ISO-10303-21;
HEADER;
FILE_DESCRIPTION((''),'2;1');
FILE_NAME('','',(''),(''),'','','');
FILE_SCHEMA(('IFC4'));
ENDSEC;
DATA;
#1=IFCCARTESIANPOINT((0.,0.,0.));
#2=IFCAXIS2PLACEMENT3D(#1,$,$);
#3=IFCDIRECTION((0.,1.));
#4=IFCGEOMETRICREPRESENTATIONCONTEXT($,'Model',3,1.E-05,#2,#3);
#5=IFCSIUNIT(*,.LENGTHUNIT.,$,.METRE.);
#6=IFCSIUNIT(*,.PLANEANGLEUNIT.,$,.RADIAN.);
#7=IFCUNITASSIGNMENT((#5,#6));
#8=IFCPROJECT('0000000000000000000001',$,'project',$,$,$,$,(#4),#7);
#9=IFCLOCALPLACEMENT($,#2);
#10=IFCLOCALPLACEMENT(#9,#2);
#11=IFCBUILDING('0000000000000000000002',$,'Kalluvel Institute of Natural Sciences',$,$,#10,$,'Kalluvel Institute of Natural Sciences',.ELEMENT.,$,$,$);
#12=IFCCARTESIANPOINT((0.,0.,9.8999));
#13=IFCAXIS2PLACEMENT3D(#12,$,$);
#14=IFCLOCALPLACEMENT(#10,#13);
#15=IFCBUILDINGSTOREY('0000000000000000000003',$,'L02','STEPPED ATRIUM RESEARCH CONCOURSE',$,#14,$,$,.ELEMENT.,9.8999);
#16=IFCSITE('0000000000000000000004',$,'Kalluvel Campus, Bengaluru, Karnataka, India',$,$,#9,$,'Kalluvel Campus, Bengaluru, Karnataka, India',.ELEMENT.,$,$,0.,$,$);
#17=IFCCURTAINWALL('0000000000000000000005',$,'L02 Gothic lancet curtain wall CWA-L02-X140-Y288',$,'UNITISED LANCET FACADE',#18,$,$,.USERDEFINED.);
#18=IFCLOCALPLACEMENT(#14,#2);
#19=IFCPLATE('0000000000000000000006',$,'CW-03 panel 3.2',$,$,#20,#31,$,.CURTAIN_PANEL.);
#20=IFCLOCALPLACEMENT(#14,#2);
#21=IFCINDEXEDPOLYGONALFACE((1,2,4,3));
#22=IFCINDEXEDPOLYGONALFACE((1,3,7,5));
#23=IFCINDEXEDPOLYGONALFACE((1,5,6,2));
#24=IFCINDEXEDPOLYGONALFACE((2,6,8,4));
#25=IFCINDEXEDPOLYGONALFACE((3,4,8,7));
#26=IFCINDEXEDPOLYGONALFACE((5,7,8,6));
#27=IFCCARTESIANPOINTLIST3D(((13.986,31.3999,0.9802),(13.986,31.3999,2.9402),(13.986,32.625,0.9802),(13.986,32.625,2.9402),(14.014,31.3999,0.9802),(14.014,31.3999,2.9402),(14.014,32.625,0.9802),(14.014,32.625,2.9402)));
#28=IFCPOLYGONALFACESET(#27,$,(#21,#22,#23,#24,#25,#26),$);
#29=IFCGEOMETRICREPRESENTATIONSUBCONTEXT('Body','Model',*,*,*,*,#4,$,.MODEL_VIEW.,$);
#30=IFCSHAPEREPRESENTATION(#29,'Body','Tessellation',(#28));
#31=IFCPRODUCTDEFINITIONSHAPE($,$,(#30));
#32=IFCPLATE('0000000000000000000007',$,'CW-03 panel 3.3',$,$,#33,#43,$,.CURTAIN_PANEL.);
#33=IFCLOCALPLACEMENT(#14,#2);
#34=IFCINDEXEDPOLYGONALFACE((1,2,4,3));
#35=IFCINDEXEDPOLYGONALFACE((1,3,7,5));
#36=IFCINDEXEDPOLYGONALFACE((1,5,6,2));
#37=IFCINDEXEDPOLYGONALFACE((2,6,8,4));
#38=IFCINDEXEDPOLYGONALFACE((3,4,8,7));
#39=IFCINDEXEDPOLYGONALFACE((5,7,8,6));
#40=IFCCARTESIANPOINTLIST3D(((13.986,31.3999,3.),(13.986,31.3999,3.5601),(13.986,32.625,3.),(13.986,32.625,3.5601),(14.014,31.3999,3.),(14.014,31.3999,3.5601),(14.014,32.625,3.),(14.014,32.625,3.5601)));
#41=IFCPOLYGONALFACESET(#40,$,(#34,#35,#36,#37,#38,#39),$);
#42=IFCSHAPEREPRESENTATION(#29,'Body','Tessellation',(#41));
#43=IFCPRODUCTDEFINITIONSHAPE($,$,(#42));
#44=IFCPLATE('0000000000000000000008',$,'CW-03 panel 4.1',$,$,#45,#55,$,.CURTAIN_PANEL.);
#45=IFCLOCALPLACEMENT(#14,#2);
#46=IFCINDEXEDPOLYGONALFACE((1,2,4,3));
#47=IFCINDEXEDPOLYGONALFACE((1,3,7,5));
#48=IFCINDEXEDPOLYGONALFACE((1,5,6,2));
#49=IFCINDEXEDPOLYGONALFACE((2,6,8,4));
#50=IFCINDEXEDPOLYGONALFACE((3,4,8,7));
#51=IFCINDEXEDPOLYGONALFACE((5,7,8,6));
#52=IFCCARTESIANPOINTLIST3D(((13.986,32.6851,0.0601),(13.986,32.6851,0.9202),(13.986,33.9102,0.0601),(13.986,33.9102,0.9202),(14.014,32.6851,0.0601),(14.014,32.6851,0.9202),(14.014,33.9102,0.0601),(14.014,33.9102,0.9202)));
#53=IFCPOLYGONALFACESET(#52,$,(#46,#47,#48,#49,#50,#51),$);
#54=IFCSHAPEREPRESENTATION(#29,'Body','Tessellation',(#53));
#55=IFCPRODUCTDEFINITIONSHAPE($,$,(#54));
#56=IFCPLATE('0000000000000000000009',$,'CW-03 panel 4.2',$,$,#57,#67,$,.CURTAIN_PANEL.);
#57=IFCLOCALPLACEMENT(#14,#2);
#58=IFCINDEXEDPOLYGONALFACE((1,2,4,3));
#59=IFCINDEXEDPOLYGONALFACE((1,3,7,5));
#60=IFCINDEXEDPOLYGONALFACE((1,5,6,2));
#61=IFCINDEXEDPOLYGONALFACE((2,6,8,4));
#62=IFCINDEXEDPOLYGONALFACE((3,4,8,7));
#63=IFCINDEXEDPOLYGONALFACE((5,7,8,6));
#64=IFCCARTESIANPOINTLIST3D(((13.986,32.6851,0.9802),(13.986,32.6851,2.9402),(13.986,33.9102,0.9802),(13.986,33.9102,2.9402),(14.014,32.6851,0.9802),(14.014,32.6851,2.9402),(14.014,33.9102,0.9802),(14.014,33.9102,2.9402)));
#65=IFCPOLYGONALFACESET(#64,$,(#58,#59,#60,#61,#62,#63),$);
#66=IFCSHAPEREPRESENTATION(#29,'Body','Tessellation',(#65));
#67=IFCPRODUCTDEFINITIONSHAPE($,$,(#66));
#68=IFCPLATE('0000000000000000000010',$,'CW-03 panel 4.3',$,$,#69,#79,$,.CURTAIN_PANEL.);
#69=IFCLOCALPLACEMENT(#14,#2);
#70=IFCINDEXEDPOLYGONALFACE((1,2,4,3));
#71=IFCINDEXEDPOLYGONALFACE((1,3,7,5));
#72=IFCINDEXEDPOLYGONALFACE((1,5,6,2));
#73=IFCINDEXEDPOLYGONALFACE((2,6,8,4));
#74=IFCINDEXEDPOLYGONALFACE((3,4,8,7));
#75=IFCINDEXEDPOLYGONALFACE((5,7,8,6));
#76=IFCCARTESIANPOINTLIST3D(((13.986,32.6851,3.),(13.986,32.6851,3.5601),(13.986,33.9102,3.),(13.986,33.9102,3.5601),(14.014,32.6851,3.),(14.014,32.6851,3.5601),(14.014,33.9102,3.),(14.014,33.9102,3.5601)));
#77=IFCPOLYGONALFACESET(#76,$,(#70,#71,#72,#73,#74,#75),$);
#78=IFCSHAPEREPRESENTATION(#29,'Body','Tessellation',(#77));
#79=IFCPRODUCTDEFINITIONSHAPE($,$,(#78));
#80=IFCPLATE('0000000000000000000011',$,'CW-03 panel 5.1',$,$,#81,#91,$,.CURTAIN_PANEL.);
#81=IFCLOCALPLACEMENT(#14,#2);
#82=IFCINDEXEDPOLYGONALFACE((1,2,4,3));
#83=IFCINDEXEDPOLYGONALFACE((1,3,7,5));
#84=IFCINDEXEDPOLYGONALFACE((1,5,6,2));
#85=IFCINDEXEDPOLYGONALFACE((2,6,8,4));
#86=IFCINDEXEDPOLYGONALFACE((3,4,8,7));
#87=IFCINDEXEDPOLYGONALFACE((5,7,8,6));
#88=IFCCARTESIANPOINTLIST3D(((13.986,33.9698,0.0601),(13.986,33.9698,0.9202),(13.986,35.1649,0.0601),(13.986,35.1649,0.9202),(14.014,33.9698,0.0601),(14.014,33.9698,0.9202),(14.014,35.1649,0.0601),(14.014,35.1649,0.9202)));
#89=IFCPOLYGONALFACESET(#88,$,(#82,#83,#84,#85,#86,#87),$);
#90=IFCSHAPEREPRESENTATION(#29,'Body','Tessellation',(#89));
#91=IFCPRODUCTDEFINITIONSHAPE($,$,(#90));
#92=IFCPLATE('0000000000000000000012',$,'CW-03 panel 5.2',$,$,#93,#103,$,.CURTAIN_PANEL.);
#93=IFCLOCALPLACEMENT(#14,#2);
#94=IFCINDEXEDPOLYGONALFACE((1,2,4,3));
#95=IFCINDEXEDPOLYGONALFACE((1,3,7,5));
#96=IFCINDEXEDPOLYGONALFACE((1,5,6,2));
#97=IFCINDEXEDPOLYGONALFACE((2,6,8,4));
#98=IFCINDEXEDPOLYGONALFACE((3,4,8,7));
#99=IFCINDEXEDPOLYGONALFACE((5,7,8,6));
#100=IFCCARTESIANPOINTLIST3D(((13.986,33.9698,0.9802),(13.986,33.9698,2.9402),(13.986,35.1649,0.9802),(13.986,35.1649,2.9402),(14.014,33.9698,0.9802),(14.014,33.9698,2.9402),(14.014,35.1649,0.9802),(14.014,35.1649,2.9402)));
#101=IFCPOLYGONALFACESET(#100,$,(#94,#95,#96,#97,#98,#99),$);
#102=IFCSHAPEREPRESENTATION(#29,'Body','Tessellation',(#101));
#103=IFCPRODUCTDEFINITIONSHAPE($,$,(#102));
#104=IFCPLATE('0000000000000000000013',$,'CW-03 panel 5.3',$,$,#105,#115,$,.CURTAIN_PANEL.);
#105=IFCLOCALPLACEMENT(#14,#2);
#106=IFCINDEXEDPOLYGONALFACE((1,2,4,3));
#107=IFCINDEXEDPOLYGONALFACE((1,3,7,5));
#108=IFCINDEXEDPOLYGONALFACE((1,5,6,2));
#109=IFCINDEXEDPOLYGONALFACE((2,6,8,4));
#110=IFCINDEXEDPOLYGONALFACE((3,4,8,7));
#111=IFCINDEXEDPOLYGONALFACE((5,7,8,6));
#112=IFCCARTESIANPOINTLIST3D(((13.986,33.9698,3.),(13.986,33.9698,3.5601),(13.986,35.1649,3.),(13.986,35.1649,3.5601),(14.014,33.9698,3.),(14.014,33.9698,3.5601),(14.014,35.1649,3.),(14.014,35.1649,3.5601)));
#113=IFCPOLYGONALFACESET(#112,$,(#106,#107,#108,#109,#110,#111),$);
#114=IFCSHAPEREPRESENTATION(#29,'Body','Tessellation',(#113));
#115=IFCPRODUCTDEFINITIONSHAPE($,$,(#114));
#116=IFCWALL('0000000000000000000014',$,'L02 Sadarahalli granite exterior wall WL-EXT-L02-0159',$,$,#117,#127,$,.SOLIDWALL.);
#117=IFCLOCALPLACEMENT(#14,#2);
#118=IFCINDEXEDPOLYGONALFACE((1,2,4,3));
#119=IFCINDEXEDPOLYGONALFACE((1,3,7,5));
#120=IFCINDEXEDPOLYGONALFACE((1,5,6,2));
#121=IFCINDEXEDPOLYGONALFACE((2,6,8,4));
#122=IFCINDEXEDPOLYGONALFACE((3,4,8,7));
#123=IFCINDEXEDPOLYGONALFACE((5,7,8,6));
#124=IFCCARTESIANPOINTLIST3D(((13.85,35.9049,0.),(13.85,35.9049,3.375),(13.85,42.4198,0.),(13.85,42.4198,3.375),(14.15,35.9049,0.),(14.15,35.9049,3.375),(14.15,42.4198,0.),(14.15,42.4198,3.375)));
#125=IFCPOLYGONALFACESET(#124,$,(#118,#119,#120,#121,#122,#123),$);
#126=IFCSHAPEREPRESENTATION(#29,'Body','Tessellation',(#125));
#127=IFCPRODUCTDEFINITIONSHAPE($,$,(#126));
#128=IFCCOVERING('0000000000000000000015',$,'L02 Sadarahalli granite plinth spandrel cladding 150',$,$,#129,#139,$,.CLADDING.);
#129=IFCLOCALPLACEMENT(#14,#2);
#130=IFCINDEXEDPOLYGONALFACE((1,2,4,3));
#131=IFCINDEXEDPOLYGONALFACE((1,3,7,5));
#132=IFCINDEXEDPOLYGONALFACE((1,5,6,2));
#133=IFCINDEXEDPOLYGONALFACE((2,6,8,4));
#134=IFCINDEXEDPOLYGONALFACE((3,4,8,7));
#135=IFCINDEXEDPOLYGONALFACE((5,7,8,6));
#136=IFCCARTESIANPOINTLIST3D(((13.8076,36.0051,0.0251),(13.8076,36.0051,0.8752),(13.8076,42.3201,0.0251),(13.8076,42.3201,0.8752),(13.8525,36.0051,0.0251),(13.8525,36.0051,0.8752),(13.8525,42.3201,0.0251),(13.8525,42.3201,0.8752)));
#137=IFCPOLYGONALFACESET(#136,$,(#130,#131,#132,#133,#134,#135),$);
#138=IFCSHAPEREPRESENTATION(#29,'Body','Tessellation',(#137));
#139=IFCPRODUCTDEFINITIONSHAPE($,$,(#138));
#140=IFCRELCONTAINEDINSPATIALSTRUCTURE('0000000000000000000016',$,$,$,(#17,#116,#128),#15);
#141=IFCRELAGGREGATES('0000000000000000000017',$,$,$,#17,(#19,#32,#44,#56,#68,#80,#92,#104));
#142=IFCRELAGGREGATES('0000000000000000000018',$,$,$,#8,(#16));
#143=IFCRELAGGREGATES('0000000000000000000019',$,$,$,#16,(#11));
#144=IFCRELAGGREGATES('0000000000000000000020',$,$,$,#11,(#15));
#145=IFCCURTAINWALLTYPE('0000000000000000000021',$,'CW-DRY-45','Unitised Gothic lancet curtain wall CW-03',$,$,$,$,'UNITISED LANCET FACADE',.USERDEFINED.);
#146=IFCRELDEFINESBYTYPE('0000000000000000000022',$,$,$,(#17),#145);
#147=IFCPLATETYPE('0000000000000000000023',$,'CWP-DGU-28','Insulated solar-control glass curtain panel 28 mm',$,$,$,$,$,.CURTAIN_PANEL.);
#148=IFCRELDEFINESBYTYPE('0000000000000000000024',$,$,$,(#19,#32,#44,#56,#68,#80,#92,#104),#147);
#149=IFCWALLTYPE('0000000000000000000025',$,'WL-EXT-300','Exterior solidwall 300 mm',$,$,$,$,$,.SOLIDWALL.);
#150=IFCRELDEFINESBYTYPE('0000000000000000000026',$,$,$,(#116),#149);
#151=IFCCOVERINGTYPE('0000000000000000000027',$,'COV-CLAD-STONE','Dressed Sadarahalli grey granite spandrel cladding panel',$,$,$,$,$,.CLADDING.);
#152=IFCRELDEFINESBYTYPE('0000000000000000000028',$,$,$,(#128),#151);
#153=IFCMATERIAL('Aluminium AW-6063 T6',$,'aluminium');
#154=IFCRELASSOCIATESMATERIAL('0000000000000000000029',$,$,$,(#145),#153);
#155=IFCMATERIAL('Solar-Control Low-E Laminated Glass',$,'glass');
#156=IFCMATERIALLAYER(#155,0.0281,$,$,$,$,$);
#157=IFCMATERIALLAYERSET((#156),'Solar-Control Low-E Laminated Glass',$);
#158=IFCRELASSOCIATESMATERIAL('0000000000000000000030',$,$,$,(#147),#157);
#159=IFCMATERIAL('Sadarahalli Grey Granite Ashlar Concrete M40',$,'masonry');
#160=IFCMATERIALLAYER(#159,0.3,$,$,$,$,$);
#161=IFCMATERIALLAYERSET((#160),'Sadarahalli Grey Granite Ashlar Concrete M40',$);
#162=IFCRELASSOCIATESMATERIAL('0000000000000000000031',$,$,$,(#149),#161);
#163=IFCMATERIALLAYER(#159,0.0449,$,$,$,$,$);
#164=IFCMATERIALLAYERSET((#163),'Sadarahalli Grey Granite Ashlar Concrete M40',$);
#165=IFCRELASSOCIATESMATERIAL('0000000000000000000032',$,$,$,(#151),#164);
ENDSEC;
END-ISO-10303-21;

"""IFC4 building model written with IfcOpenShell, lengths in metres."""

from ifc_helpers import new_model, si_unit, direction, frame, frame_2d, origin, origin_2d, place, context, subcontext, project, spatial, rectangle, extrude, material, layer, layer_set, type_object, element, aggregate, save


model = new_model("IFC4")

# Units and contexts
model_context = context("Model", 3, precision=1e-05, world=origin(), true_north=direction((0.0, 1.0)))
body_context = subcontext(model_context, "Body", "Model", "MODEL_VIEW")
ifc_project = project(units=[si_unit("LENGTHUNIT", "METRE"), si_unit("PLANEANGLEUNIT", "RADIAN")], contexts=[model_context])

# Site, building, storey
site_placement = place(None, origin())
site = spatial("IfcSite", under=ifc_project, at=site_placement, Name="Kalluvel Campus, Bengaluru, Karnataka, India", LongName="Kalluvel Campus, Bengaluru, Karnataka, India", CompositionType="ELEMENT", RefElevation=0.0)
building_placement = place(site_placement, origin())
building = spatial("IfcBuilding", under=site, at=building_placement, Name="Kalluvel Institute of Natural Sciences", LongName="Kalluvel Institute of Natural Sciences", CompositionType="ELEMENT")
storey_placement = place(building_placement, frame((0.0, 0.0, 9.8999)))
storey = spatial("IfcBuildingStorey", under=building, at=storey_placement, Name="L02", Description="STEPPED ATRIUM RESEARCH CONCOURSE", CompositionType="ELEMENT", Elevation=9.8999)

# Curtain wall
ifc_material_1 = material(Name="Aluminium AW-6063 T6", Category="aluminium")
curtain_wall_type = type_object("IfcCurtainWallType", Name="CW-DRY-45", Description="Unitised Gothic lancet curtain wall CW-03", ElementType="UNITISED LANCET FACADE", PredefinedType="USERDEFINED", material=ifc_material_1)
curtain_wall_placement = place(storey_placement, origin())
curtain_wall = element("IfcCurtainWall", 1, at=curtain_wall_placement, inside=storey, type_object=curtain_wall_type, Name="L02 Gothic lancet curtain wall CWA-L02-X140-Y288", ObjectType="UNITISED LANCET FACADE", PredefinedType="USERDEFINED")

# Plates
ifc_material_2 = material(Name="Solar-Control Low-E Laminated Glass", Category="glass")
ifc_layer_1 = layer(ifc_material_2, 0.0281)
ifc_layer_set_1 = layer_set([ifc_layer_1], Name="Solar-Control Low-E Laminated Glass")
plate_type = type_object("IfcPlateType", Name="CWP-DGU-28", Description="Insulated solar-control glass curtain panel 28 mm", PredefinedType="CURTAIN_PANEL", material=ifc_layer_set_1)
plate_1_placement = place(storey_placement, frame((14.0, 32.0125, 0.9802), z_axis=(0.0, 0.0, 1.0), x_axis=(0.0, 1.0, 0.0)))
plate_1 = element("IfcPlate", 2, at=plate_1_placement, type_object=plate_type, Name="CW-03 panel 3.2", PredefinedType="CURTAIN_PANEL", context=body_context, shape_type="SweptSolid", body=[
    extrude(rectangle(XDim=1.2251, YDim=0.0281, at=origin_2d()), origin(), (0.0, 0.0, 1.0), 1.96),
])
plate_2_placement = place(storey_placement, frame((14.0, 32.0125, 3.0), z_axis=(0.0, 0.0, 1.0), x_axis=(0.0, 1.0, 0.0)))
plate_2 = element("IfcPlate", 3, at=plate_2_placement, type_object=plate_type, Name="CW-03 panel 3.3", PredefinedType="CURTAIN_PANEL", context=body_context, shape_type="SweptSolid", body=[
    extrude(rectangle(XDim=1.2251, YDim=0.0281, at=origin_2d()), origin(), (0.0, 0.0, 1.0), 0.5601),
])
plate_3_placement = place(storey_placement, frame((14.0, 33.2976, 0.0601), z_axis=(0.0, 0.0, 1.0), x_axis=(0.0, 1.0, 0.0)))
plate_3 = element("IfcPlate", 4, at=plate_3_placement, type_object=plate_type, Name="CW-03 panel 4.1", PredefinedType="CURTAIN_PANEL", context=body_context, shape_type="SweptSolid", body=[
    extrude(rectangle(XDim=1.2251, YDim=0.0281, at=origin_2d()), origin(), (0.0, 0.0, 1.0), 0.8601),
])
plate_4_placement = place(storey_placement, frame((14.0, 33.2976, 0.9802), z_axis=(0.0, 0.0, 1.0), x_axis=(0.0, 1.0, 0.0)))
plate_4 = element("IfcPlate", 5, at=plate_4_placement, type_object=plate_type, Name="CW-03 panel 4.2", PredefinedType="CURTAIN_PANEL", context=body_context, shape_type="SweptSolid", body=[
    extrude(rectangle(XDim=1.2251, YDim=0.0281, at=origin_2d()), origin(), (0.0, 0.0, 1.0), 1.96),
])
plate_5_placement = place(storey_placement, frame((14.0, 33.2976, 3.0), z_axis=(0.0, 0.0, 1.0), x_axis=(0.0, 1.0, 0.0)))
plate_5 = element("IfcPlate", 6, at=plate_5_placement, type_object=plate_type, Name="CW-03 panel 4.3", PredefinedType="CURTAIN_PANEL", context=body_context, shape_type="SweptSolid", body=[
    extrude(rectangle(XDim=1.2251, YDim=0.0281, at=origin_2d()), origin(), (0.0, 0.0, 1.0), 0.5601),
])
plate_6_placement = place(storey_placement, frame((14.0, 34.5674, 0.0601), z_axis=(0.0, 0.0, 1.0), x_axis=(0.0, 1.0, 0.0)))
plate_6 = element("IfcPlate", 7, at=plate_6_placement, type_object=plate_type, Name="CW-03 panel 5.1", PredefinedType="CURTAIN_PANEL", context=body_context, shape_type="SweptSolid", body=[
    extrude(rectangle(XDim=1.1951, YDim=0.0281, at=origin_2d()), origin(), (0.0, 0.0, 1.0), 0.8601),
])
plate_7_placement = place(storey_placement, frame((14.0, 34.5674, 0.9802), z_axis=(0.0, 0.0, 1.0), x_axis=(0.0, 1.0, 0.0)))
plate_7 = element("IfcPlate", 8, at=plate_7_placement, type_object=plate_type, Name="CW-03 panel 5.2", PredefinedType="CURTAIN_PANEL", context=body_context, shape_type="SweptSolid", body=[
    extrude(rectangle(XDim=1.1951, YDim=0.0281, at=origin_2d()), origin(), (0.0, 0.0, 1.0), 1.96),
])
plate_8_placement = place(storey_placement, frame((14.0, 34.5674, 3.0), z_axis=(0.0, 0.0, 1.0), x_axis=(0.0, 1.0, 0.0)))
plate_8 = element("IfcPlate", 9, at=plate_8_placement, type_object=plate_type, Name="CW-03 panel 5.3", PredefinedType="CURTAIN_PANEL", context=body_context, shape_type="SweptSolid", body=[
    extrude(rectangle(XDim=1.1951, YDim=0.0281, at=origin_2d()), origin(), (0.0, 0.0, 1.0), 0.5601),
])
aggregate(curtain_wall, [plate_1, plate_2, plate_3, plate_4, plate_5, plate_6, plate_7, plate_8])

# Wall
ifc_material_3 = material(Name="Sadarahalli Grey Granite Ashlar Concrete M40", Category="masonry")
ifc_layer_2 = layer(ifc_material_3, 0.3)
ifc_layer_set_2 = layer_set([ifc_layer_2], Name="Sadarahalli Grey Granite Ashlar Concrete M40")
wall_type = type_object("IfcWallType", Name="WL-EXT-300", Description="Exterior solidwall 300 mm", PredefinedType="SOLIDWALL", material=ifc_layer_set_2)
wall_placement = place(storey_placement, frame((14.0, 35.905, 0.0), z_axis=(0.0, 0.0, 1.0), x_axis=(0.0, 1.0, 0.0)))
element("IfcWall", 10, at=wall_placement, inside=storey, type_object=wall_type, Name="L02 Sadarahalli granite exterior wall WL-EXT-L02-0159", PredefinedType="SOLIDWALL", context=body_context, shape_type="SweptSolid", body=[
    extrude(rectangle(XDim=6.5149, YDim=0.3, at=frame_2d((3.2573, 0.0))), origin(), (0.0, 0.0, 1.0), 3.375),
])

# Covering
ifc_layer_3 = layer(ifc_material_3, 0.0449)
ifc_layer_set_3 = layer_set([ifc_layer_3], Name="Sadarahalli Grey Granite Ashlar Concrete M40")
covering_type = type_object("IfcCoveringType", Name="COV-CLAD-STONE", Description="Dressed Sadarahalli grey granite spandrel cladding panel", PredefinedType="CLADDING", material=ifc_layer_set_3)
covering_placement = place(storey_placement, frame((13.8301, 39.1626, 0.0251), z_axis=(0.0, 0.0, 1.0), x_axis=(0.0, 1.0, 0.0)))
element("IfcCovering", 11, at=covering_placement, inside=storey, type_object=covering_type, Name="L02 Sadarahalli granite plinth spandrel cladding 150", PredefinedType="CLADDING", context=body_context, shape_type="SweptSolid", body=[
    extrude(rectangle(XDim=6.3149, YDim=0.0449, at=origin_2d()), origin(), (0.0, 0.0, 1.0), 0.8501),
])

save(model, "model.ifc")
